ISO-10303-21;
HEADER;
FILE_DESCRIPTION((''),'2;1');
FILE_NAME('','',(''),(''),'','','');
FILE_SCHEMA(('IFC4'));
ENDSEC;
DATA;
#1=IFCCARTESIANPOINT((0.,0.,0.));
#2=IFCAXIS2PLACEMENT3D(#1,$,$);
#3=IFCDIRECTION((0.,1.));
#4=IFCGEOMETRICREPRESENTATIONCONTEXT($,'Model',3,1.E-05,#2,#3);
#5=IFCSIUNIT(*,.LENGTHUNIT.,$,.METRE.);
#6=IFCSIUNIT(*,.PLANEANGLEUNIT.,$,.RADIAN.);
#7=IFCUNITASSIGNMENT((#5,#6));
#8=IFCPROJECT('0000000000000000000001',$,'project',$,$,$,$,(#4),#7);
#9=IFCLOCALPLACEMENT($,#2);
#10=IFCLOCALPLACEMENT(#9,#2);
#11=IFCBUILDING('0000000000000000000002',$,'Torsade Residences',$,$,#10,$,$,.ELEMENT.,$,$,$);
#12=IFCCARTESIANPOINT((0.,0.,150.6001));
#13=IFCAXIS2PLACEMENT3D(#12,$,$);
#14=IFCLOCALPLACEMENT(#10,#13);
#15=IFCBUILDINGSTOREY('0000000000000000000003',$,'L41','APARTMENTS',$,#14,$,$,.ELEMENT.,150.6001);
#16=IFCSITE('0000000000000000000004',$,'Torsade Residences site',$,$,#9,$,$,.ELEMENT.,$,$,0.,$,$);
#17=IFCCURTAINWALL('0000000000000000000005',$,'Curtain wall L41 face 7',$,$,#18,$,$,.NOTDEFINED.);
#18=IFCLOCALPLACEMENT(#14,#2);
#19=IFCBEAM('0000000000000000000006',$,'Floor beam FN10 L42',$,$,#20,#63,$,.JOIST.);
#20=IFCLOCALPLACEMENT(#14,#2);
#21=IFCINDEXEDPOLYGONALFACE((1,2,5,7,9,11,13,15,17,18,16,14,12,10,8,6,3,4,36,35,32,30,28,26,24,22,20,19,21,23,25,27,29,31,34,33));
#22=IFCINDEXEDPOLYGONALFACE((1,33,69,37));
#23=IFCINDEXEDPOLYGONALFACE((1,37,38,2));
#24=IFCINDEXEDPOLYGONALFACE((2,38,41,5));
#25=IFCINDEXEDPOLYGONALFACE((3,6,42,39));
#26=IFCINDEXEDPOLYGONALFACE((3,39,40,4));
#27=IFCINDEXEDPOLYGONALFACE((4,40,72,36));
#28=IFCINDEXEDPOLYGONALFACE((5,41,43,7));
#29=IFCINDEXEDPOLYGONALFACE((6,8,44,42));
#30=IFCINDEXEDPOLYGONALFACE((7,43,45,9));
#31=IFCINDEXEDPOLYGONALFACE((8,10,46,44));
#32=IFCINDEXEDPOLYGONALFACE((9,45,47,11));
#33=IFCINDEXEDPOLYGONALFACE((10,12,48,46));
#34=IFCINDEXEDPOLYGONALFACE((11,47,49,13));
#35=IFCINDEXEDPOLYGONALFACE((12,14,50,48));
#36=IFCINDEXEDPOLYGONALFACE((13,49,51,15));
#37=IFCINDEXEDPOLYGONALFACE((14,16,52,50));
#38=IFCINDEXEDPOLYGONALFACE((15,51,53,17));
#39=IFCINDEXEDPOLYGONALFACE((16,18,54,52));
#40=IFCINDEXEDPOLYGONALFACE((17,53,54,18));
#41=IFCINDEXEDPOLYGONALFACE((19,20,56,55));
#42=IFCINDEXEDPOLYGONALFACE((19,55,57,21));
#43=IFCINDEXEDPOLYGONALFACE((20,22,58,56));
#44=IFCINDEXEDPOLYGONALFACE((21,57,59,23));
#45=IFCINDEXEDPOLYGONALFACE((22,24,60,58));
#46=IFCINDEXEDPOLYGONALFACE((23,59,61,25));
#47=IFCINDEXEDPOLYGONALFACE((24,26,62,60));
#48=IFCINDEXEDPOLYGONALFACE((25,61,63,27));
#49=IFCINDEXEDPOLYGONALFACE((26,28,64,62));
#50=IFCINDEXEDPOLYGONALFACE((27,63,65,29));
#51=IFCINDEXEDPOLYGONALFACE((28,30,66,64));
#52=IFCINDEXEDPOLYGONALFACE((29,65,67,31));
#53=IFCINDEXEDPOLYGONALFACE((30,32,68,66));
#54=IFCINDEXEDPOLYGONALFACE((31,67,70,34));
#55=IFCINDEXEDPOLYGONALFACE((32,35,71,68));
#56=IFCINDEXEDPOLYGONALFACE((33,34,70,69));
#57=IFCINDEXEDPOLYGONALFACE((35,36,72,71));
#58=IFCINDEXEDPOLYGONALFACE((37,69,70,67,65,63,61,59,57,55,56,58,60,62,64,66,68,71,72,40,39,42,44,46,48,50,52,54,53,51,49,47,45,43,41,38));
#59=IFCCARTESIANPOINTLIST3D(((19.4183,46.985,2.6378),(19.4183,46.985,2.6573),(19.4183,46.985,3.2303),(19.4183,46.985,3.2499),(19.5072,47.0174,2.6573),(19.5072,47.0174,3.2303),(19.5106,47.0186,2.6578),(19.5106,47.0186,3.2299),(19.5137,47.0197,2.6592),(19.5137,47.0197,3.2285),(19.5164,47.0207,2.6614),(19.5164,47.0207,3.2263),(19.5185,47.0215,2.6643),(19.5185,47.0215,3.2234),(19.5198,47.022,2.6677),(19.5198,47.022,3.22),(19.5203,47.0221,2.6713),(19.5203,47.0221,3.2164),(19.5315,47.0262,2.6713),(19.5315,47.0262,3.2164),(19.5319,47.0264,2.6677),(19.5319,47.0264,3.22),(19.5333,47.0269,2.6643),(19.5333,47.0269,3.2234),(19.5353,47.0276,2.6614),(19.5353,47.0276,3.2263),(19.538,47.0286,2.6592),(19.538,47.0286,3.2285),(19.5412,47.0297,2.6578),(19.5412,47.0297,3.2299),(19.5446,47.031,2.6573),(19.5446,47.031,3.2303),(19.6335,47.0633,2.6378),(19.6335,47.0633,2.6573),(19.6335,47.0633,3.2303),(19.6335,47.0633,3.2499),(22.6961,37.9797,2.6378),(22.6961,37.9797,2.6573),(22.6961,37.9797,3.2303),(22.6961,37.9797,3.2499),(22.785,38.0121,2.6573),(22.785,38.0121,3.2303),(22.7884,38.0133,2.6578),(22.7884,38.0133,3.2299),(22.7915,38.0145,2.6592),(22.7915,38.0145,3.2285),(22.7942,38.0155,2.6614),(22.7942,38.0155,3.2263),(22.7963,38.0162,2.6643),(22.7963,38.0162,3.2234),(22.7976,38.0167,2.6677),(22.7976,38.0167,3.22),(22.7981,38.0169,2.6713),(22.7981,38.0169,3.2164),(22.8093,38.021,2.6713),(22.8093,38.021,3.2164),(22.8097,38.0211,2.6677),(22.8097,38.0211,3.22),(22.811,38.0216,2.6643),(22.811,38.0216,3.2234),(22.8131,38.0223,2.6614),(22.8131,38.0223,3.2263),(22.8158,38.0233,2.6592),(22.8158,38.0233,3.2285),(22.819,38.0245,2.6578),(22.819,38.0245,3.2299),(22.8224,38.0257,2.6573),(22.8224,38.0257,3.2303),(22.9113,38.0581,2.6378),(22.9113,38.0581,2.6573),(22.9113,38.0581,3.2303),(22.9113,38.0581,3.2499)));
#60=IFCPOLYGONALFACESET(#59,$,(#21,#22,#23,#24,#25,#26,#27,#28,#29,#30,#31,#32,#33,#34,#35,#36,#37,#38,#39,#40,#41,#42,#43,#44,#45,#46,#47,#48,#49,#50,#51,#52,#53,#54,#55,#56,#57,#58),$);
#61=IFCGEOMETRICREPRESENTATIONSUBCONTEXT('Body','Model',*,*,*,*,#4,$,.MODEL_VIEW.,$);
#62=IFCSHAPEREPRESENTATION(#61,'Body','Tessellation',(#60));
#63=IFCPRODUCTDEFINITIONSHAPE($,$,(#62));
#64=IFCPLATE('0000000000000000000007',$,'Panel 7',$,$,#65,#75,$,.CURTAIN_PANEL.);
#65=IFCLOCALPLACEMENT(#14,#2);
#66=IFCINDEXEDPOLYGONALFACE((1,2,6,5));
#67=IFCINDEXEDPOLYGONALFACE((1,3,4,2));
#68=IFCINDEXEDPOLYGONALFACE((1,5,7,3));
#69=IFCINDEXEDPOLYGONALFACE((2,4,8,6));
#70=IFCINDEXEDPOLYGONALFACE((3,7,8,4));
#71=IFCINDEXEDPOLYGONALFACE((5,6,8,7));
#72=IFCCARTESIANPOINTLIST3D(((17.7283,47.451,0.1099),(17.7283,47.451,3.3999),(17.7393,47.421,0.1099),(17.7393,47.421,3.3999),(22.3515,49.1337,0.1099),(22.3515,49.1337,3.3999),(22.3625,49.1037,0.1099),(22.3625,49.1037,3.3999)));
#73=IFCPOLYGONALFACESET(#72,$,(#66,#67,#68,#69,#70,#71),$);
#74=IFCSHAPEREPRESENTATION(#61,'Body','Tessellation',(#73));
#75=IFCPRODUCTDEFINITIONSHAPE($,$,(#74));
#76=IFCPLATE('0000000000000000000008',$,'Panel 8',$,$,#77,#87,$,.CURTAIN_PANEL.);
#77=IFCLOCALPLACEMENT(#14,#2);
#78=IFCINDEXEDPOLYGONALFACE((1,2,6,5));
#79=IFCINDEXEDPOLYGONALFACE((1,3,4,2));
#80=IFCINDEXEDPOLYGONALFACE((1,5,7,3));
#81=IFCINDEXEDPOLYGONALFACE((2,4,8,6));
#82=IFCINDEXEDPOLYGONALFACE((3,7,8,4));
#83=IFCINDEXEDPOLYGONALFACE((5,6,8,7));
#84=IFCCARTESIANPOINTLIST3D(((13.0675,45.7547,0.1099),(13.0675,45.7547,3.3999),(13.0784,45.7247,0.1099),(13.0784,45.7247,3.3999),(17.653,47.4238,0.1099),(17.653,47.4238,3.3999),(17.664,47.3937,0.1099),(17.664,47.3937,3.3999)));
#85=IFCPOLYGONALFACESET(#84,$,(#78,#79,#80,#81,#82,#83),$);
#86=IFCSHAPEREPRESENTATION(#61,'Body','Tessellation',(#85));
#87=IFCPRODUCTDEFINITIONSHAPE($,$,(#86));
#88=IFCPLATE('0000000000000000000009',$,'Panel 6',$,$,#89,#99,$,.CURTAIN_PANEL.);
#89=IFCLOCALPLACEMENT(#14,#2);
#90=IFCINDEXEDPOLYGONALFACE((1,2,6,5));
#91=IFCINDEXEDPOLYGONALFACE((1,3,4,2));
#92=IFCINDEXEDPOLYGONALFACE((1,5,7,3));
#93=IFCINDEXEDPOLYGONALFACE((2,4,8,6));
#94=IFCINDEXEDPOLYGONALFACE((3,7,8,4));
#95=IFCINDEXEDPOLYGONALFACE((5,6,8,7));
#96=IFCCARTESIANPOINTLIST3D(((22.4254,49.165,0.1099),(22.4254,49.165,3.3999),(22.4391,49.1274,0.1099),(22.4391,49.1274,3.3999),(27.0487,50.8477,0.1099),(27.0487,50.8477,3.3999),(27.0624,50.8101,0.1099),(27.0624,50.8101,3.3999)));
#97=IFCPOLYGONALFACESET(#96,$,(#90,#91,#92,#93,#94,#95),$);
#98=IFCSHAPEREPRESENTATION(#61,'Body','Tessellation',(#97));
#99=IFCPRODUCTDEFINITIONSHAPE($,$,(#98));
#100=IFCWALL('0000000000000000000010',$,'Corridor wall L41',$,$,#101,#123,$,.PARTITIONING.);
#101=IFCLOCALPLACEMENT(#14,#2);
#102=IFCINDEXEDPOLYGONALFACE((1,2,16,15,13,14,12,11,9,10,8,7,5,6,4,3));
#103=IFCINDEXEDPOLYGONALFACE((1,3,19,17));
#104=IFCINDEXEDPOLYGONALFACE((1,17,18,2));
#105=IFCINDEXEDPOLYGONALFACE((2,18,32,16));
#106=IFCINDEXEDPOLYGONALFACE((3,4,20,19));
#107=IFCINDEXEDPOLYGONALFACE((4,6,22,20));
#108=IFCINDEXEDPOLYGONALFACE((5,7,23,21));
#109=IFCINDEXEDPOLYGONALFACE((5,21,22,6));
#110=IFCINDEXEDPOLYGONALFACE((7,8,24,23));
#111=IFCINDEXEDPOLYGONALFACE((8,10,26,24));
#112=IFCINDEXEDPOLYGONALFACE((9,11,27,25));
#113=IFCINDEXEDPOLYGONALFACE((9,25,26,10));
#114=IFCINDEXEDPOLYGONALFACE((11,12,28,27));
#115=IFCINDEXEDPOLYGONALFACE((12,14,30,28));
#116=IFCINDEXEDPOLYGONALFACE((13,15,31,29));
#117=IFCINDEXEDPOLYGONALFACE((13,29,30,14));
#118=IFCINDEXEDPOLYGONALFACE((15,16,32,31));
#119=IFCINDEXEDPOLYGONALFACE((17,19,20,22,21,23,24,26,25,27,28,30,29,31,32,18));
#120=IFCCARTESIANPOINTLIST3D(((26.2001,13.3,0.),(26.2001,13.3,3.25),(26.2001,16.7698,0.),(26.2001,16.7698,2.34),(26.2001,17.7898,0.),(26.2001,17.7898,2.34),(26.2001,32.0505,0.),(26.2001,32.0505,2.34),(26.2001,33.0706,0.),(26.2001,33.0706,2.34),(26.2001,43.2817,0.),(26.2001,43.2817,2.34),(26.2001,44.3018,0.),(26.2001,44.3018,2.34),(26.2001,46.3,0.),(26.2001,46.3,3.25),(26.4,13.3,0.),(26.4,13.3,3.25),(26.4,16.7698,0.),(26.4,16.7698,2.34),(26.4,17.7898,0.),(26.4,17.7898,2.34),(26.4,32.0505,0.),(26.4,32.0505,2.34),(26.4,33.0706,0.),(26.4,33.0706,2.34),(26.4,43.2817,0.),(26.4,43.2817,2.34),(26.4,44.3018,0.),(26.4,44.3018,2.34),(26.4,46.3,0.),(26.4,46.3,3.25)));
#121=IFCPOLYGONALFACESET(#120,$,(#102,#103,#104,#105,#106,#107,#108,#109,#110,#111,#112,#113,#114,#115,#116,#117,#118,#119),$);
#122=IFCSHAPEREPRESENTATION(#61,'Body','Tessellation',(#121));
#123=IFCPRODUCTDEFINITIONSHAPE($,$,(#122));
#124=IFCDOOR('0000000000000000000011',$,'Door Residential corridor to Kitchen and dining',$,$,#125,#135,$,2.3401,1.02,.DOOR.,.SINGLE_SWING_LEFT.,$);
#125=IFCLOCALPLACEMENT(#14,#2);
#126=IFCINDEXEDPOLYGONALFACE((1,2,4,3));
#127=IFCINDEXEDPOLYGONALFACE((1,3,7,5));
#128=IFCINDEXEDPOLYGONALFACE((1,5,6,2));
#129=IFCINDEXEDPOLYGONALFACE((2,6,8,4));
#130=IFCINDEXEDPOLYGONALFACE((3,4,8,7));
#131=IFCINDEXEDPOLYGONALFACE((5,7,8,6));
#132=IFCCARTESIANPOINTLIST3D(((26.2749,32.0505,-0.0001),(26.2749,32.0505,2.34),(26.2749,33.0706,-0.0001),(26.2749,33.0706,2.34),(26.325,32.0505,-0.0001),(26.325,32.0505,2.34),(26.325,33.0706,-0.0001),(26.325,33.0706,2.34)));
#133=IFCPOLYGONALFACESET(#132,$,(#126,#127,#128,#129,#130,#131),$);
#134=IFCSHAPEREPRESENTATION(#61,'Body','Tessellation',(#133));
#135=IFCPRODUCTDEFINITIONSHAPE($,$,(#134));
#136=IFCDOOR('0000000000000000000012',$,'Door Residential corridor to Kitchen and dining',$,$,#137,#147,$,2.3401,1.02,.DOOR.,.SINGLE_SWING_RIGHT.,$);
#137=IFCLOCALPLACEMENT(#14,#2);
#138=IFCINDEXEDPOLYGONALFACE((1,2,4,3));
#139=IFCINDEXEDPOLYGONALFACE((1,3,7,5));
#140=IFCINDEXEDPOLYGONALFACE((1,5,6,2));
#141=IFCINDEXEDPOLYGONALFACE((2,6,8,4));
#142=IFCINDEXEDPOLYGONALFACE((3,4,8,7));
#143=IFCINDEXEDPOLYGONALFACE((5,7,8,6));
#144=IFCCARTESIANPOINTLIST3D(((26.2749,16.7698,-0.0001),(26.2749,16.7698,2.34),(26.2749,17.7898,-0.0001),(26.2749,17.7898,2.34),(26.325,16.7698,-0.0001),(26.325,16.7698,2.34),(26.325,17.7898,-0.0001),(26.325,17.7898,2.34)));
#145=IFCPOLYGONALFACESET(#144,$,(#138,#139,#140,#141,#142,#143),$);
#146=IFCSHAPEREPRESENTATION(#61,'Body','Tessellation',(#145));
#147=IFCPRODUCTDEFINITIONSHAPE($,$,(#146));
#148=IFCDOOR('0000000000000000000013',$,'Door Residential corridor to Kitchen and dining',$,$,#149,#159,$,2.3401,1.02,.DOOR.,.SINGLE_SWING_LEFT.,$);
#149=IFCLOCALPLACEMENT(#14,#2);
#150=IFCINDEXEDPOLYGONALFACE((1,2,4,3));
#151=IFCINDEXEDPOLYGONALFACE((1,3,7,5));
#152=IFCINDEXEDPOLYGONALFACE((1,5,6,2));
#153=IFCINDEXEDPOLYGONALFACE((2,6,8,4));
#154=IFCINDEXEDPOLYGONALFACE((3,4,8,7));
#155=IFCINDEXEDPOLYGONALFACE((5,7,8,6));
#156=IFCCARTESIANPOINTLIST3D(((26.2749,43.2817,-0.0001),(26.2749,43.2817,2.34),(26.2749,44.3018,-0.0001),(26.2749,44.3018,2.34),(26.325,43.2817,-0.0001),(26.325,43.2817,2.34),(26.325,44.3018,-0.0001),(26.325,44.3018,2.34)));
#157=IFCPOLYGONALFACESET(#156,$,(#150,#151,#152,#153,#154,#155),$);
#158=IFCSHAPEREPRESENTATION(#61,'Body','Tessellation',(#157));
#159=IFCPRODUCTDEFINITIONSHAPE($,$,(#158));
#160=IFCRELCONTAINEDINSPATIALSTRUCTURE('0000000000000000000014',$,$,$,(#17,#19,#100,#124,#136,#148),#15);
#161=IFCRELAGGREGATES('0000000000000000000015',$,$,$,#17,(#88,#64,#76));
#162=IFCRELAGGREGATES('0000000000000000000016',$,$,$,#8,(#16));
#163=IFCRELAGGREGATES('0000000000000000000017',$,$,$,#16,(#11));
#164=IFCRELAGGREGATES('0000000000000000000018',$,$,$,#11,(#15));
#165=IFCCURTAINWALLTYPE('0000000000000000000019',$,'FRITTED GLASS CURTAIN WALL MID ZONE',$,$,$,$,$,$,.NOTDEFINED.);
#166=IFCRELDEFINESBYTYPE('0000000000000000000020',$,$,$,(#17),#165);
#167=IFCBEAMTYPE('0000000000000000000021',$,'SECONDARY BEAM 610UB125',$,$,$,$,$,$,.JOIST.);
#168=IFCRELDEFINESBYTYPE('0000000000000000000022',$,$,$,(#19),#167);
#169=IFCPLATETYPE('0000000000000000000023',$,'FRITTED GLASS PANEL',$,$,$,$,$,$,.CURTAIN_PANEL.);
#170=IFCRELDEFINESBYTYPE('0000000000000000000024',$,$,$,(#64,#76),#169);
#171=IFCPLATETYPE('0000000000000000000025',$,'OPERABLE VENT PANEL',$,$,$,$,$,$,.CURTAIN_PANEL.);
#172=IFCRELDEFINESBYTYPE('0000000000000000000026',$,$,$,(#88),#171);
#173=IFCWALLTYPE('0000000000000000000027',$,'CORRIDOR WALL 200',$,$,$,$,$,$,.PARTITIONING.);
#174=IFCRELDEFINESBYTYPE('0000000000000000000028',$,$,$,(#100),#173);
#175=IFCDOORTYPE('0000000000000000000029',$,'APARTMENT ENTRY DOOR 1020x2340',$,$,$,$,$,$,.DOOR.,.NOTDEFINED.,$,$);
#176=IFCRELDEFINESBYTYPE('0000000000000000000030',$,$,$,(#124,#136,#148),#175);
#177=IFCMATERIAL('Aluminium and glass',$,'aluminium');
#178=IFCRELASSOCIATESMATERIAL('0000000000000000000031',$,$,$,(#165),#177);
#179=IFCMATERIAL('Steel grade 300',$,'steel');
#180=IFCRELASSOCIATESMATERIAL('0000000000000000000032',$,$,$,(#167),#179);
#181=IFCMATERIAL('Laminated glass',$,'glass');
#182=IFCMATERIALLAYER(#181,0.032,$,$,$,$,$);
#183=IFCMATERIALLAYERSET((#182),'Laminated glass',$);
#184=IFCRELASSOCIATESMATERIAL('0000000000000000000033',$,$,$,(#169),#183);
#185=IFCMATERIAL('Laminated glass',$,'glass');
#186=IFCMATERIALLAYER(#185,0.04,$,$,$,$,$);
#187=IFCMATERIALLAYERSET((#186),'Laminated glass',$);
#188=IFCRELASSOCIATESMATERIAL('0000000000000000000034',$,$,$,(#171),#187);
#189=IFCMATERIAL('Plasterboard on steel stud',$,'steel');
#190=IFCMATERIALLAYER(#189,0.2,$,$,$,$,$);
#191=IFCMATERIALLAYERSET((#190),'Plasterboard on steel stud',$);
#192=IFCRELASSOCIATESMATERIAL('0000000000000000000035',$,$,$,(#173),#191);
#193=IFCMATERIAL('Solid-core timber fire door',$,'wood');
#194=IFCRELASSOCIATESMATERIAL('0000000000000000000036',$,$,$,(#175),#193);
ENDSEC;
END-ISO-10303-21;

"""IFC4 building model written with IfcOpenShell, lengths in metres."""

from ifc_helpers import new_model, si_unit, direction, frame, frame_2d, origin, origin_2d, place, context, subcontext, project, spatial, rectangle, i_section, extrude, material, layer, layer_set, material_profile, profile_set, type_object, element, fill, aggregate, save


model = new_model("IFC4")

# Units and contexts
model_context = context("Model", 3, precision=1e-05, world=origin(), true_north=direction((0.0, 1.0)))
body_context = subcontext(model_context, "Body", "Model", "MODEL_VIEW")
ifc_project = project(units=[si_unit("LENGTHUNIT", "METRE"), si_unit("PLANEANGLEUNIT", "RADIAN")], contexts=[model_context])

# Site, building, storey
site_placement = place(None, origin())
site = spatial("IfcSite", under=ifc_project, at=site_placement, Name="Torsade Residences site", CompositionType="ELEMENT", RefElevation=0.0)
building_placement = place(site_placement, origin())
building = spatial("IfcBuilding", under=site, at=building_placement, Name="Torsade Residences", CompositionType="ELEMENT")
storey_placement = place(building_placement, frame((0.0, 0.0, 150.6001)))
storey = spatial("IfcBuildingStorey", under=building, at=storey_placement, Name="L41", Description="APARTMENTS", CompositionType="ELEMENT", Elevation=150.6001)

# Curtain wall
ifc_material_1 = material(Name="Aluminium and glass", Category="aluminium")
curtain_wall_type = type_object("IfcCurtainWallType", Name="FRITTED GLASS CURTAIN WALL MID ZONE", PredefinedType="NOTDEFINED", material=ifc_material_1)
curtain_wall_placement = place(storey_placement, origin())
curtain_wall = element("IfcCurtainWall", 1, at=curtain_wall_placement, inside=storey, type_object=curtain_wall_type, Name="Curtain wall L41 face 7", PredefinedType="NOTDEFINED")

# Beam
ifc_material_2 = material(Name="Steel grade 300", Category="steel")
ifc_material_profile_1 = material_profile(ifc_material_2, i_section(OverallWidth=0.229, OverallDepth=0.6121, WebThickness=0.012, FlangeThickness=0.0195, FilletRadius=0.0139, at=origin_2d()), Name="610UB125")
ifc_profile_set_1 = profile_set([ifc_material_profile_1], Name="Steel grade 300")
beam_type_1 = type_object("IfcBeamType", Name="SECONDARY BEAM 610UB125", PredefinedType="JOIST", material=ifc_profile_set_1)
beam_1_placement = place(storey_placement, frame((19.5259, 47.0242, 2.9438), z_axis=(0.342034, -0.939688, 0.0), x_axis=(0.939688, 0.342034, 0.0)))
element("IfcBeam", 2, at=beam_1_placement, inside=storey, type_object=beam_type_1, Name="Floor beam FN10 L42", PredefinedType="JOIST", context=body_context, shape_type="SweptSolid", body=[
    extrude(i_section(OverallWidth=0.229, OverallDepth=0.6121, WebThickness=0.012, FlangeThickness=0.0195, FilletRadius=0.0139, at=origin_2d()), origin(), (0.0, 0.0, 1.0), 9.5833),
])

# Plates
ifc_material_3 = material(Name="Laminated glass", Category="glass")
ifc_layer_1 = layer(ifc_material_3, 0.032)
ifc_layer_set_1 = layer_set([ifc_layer_1], Name="Laminated glass")
plate_type_1 = type_object("IfcPlateType", Name="FRITTED GLASS PANEL", PredefinedType="CURTAIN_PANEL", material=ifc_layer_set_1)
plate_1_placement = place(storey_placement, frame((20.0454, 48.2773, 0.1099), z_axis=(0.0, 0.0, 1.0), x_axis=(-0.939693, -0.34202, 0.0)))
plate_1 = element("IfcPlate", 3, at=plate_1_placement, type_object=plate_type_1, Name="Panel 7", PredefinedType="CURTAIN_PANEL", context=body_context, shape_type="SweptSolid", body=[
    extrude(rectangle(XDim=4.9199, YDim=0.032, at=origin_2d()), origin(), (0.0, 0.0, 1.0), 3.29),
])
plate_2_placement = place(storey_placement, frame((15.3657, 46.5742, 0.1099), z_axis=(0.0, 0.0, 1.0), x_axis=(-0.939693, -0.34202, 0.0)))
plate_2 = element("IfcPlate", 4, at=plate_2_placement, type_object=plate_type_1, Name="Panel 8", PredefinedType="CURTAIN_PANEL", context=body_context, shape_type="SweptSolid", body=[
    extrude(rectangle(XDim=4.8799, YDim=0.032, at=origin_2d()), origin(), (0.0, 0.0, 1.0), 3.29),
])
ifc_material_4 = material(Name="Laminated glass", Category="glass")
ifc_layer_2 = layer(ifc_material_4, 0.04)
ifc_layer_set_2 = layer_set([ifc_layer_2], Name="Laminated glass")
plate_type_2 = type_object("IfcPlateType", Name="OPERABLE VENT PANEL", PredefinedType="CURTAIN_PANEL", material=ifc_layer_set_2)
plate_3_placement = place(storey_placement, frame((24.7439, 49.9875, 0.1099), z_axis=(0.0, 0.0, 1.0), x_axis=(-0.939693, -0.34202, 0.0)))
plate_3 = element("IfcPlate", 5, at=plate_3_placement, type_object=plate_type_2, Name="Panel 6", PredefinedType="CURTAIN_PANEL", context=body_context, shape_type="SweptSolid", body=[
    extrude(rectangle(XDim=4.9199, YDim=0.04, at=origin_2d()), origin(), (0.0, 0.0, 1.0), 3.29),
])
aggregate(curtain_wall, [plate_3, plate_1, plate_2])

# Wall, openings, doors
ifc_material_5 = material(Name="Plasterboard on steel stud", Category="steel")
ifc_layer_3 = layer(ifc_material_5, 0.2)
ifc_layer_set_3 = layer_set([ifc_layer_3], Name="Plasterboard on steel stud")
wall_type_1 = type_object("IfcWallType", Name="CORRIDOR WALL 200", PredefinedType="PARTITIONING", material=ifc_layer_set_3)
wall_1_placement = place(storey_placement, frame((26.3, 46.3, 0.0), z_axis=(0.0, 0.0, 1.0), x_axis=(0.0, -1.0, 0.0)))
wall_1 = element("IfcWall", 6, at=wall_1_placement, inside=storey, type_object=wall_type_1, Name="Corridor wall L41", PredefinedType="PARTITIONING", context=body_context, shape_type="SweptSolid", body=[
    extrude(rectangle(XDim=33.0, YDim=0.2, at=frame_2d((16.5, 0.0))), origin(), (0.0, 0.0, 1.0), 3.25),
])
opening_1_placement = place(wall_1_placement, frame((13.2295, 0.0, 0.0)))
opening_1 = element("IfcOpeningElement", 7, at=opening_1_placement, cuts=wall_1, PredefinedType="OPENING", context=body_context, shape_type="SweptSolid", body=[
    extrude(rectangle(XDim=1.02, YDim=2.3401, at=frame_2d((0.51, 1.1699))), frame((0.0, 0.1099, 0.0), z_axis=(0.0, -1.0, 0.0), x_axis=(1.0, 0.0, 0.0)), (0.0, 0.0, 1.0), 0.22),
])
opening_2_placement = place(wall_1_placement, frame((28.5103, 0.0, 0.0)))
opening_2 = element("IfcOpeningElement", 8, at=opening_2_placement, cuts=wall_1, PredefinedType="OPENING", context=body_context, shape_type="SweptSolid", body=[
    extrude(rectangle(XDim=1.02, YDim=2.3401, at=frame_2d((0.51, 1.1699))), frame((0.0, 0.1099, 0.0), z_axis=(0.0, -1.0, 0.0), x_axis=(1.0, 0.0, 0.0)), (0.0, 0.0, 1.0), 0.22),
])
opening_3_placement = place(wall_1_placement, frame((1.9983, 0.0, 0.0)))
opening_3 = element("IfcOpeningElement", 9, at=opening_3_placement, cuts=wall_1, PredefinedType="OPENING", context=body_context, shape_type="SweptSolid", body=[
    extrude(rectangle(XDim=1.02, YDim=2.3401, at=frame_2d((0.51, 1.1699))), frame((0.0, 0.1099, 0.0), z_axis=(0.0, -1.0, 0.0), x_axis=(1.0, 0.0, 0.0)), (0.0, 0.0, 1.0), 0.22),
])
ifc_material_6 = material(Name="Solid-core timber fire door", Category="wood")
door_type_1 = type_object("IfcDoorType", Name="APARTMENT ENTRY DOOR 1020x2340", OperationType="NOTDEFINED", PredefinedType="DOOR", material=ifc_material_6)
door_1_placement = place(opening_1_placement, origin())
door_1 = element("IfcDoor", 10, at=door_1_placement, inside=storey, type_object=door_type_1, Name="Door Residential corridor to Kitchen and dining", OperationType="SINGLE_SWING_LEFT", OverallHeight=2.3401, OverallWidth=1.02, PredefinedType="DOOR", context=body_context, shape_type="SweptSolid", body=[
    extrude(rectangle(XDim=1.02, YDim=2.3401, at=frame_2d((0.51, 1.1699))), frame((0.0, 0.0249, 0.0), z_axis=(0.0, -1.0, 0.0), x_axis=(1.0, 0.0, 0.0)), (0.0, 0.0, 1.0), 0.05),
])
fill(opening_1, door_1)
door_2_placement = place(opening_2_placement, origin())
door_2 = element("IfcDoor", 11, at=door_2_placement, inside=storey, type_object=door_type_1, Name="Door Residential corridor to Kitchen and dining", OperationType="SINGLE_SWING_RIGHT", OverallHeight=2.3401, OverallWidth=1.02, PredefinedType="DOOR", context=body_context, shape_type="SweptSolid", body=[
    extrude(rectangle(XDim=1.02, YDim=2.3401, at=frame_2d((0.51, 1.1699))), frame((0.0, 0.0249, 0.0), z_axis=(0.0, -1.0, 0.0), x_axis=(1.0, 0.0, 0.0)), (0.0, 0.0, 1.0), 0.05),
])
fill(opening_2, door_2)
door_3_placement = place(opening_3_placement, origin())
door_3 = element("IfcDoor", 12, at=door_3_placement, inside=storey, type_object=door_type_1, Name="Door Residential corridor to Kitchen and dining", OperationType="SINGLE_SWING_LEFT", OverallHeight=2.3401, OverallWidth=1.02, PredefinedType="DOOR", context=body_context, shape_type="SweptSolid", body=[
    extrude(rectangle(XDim=1.02, YDim=2.3401, at=frame_2d((0.51, 1.1699))), frame((0.0, 0.0249, 0.0), z_axis=(0.0, -1.0, 0.0), x_axis=(1.0, 0.0, 0.0)), (0.0, 0.0, 1.0), 0.05),
])
fill(opening_3, door_3)

save(model, "model.ifc")
